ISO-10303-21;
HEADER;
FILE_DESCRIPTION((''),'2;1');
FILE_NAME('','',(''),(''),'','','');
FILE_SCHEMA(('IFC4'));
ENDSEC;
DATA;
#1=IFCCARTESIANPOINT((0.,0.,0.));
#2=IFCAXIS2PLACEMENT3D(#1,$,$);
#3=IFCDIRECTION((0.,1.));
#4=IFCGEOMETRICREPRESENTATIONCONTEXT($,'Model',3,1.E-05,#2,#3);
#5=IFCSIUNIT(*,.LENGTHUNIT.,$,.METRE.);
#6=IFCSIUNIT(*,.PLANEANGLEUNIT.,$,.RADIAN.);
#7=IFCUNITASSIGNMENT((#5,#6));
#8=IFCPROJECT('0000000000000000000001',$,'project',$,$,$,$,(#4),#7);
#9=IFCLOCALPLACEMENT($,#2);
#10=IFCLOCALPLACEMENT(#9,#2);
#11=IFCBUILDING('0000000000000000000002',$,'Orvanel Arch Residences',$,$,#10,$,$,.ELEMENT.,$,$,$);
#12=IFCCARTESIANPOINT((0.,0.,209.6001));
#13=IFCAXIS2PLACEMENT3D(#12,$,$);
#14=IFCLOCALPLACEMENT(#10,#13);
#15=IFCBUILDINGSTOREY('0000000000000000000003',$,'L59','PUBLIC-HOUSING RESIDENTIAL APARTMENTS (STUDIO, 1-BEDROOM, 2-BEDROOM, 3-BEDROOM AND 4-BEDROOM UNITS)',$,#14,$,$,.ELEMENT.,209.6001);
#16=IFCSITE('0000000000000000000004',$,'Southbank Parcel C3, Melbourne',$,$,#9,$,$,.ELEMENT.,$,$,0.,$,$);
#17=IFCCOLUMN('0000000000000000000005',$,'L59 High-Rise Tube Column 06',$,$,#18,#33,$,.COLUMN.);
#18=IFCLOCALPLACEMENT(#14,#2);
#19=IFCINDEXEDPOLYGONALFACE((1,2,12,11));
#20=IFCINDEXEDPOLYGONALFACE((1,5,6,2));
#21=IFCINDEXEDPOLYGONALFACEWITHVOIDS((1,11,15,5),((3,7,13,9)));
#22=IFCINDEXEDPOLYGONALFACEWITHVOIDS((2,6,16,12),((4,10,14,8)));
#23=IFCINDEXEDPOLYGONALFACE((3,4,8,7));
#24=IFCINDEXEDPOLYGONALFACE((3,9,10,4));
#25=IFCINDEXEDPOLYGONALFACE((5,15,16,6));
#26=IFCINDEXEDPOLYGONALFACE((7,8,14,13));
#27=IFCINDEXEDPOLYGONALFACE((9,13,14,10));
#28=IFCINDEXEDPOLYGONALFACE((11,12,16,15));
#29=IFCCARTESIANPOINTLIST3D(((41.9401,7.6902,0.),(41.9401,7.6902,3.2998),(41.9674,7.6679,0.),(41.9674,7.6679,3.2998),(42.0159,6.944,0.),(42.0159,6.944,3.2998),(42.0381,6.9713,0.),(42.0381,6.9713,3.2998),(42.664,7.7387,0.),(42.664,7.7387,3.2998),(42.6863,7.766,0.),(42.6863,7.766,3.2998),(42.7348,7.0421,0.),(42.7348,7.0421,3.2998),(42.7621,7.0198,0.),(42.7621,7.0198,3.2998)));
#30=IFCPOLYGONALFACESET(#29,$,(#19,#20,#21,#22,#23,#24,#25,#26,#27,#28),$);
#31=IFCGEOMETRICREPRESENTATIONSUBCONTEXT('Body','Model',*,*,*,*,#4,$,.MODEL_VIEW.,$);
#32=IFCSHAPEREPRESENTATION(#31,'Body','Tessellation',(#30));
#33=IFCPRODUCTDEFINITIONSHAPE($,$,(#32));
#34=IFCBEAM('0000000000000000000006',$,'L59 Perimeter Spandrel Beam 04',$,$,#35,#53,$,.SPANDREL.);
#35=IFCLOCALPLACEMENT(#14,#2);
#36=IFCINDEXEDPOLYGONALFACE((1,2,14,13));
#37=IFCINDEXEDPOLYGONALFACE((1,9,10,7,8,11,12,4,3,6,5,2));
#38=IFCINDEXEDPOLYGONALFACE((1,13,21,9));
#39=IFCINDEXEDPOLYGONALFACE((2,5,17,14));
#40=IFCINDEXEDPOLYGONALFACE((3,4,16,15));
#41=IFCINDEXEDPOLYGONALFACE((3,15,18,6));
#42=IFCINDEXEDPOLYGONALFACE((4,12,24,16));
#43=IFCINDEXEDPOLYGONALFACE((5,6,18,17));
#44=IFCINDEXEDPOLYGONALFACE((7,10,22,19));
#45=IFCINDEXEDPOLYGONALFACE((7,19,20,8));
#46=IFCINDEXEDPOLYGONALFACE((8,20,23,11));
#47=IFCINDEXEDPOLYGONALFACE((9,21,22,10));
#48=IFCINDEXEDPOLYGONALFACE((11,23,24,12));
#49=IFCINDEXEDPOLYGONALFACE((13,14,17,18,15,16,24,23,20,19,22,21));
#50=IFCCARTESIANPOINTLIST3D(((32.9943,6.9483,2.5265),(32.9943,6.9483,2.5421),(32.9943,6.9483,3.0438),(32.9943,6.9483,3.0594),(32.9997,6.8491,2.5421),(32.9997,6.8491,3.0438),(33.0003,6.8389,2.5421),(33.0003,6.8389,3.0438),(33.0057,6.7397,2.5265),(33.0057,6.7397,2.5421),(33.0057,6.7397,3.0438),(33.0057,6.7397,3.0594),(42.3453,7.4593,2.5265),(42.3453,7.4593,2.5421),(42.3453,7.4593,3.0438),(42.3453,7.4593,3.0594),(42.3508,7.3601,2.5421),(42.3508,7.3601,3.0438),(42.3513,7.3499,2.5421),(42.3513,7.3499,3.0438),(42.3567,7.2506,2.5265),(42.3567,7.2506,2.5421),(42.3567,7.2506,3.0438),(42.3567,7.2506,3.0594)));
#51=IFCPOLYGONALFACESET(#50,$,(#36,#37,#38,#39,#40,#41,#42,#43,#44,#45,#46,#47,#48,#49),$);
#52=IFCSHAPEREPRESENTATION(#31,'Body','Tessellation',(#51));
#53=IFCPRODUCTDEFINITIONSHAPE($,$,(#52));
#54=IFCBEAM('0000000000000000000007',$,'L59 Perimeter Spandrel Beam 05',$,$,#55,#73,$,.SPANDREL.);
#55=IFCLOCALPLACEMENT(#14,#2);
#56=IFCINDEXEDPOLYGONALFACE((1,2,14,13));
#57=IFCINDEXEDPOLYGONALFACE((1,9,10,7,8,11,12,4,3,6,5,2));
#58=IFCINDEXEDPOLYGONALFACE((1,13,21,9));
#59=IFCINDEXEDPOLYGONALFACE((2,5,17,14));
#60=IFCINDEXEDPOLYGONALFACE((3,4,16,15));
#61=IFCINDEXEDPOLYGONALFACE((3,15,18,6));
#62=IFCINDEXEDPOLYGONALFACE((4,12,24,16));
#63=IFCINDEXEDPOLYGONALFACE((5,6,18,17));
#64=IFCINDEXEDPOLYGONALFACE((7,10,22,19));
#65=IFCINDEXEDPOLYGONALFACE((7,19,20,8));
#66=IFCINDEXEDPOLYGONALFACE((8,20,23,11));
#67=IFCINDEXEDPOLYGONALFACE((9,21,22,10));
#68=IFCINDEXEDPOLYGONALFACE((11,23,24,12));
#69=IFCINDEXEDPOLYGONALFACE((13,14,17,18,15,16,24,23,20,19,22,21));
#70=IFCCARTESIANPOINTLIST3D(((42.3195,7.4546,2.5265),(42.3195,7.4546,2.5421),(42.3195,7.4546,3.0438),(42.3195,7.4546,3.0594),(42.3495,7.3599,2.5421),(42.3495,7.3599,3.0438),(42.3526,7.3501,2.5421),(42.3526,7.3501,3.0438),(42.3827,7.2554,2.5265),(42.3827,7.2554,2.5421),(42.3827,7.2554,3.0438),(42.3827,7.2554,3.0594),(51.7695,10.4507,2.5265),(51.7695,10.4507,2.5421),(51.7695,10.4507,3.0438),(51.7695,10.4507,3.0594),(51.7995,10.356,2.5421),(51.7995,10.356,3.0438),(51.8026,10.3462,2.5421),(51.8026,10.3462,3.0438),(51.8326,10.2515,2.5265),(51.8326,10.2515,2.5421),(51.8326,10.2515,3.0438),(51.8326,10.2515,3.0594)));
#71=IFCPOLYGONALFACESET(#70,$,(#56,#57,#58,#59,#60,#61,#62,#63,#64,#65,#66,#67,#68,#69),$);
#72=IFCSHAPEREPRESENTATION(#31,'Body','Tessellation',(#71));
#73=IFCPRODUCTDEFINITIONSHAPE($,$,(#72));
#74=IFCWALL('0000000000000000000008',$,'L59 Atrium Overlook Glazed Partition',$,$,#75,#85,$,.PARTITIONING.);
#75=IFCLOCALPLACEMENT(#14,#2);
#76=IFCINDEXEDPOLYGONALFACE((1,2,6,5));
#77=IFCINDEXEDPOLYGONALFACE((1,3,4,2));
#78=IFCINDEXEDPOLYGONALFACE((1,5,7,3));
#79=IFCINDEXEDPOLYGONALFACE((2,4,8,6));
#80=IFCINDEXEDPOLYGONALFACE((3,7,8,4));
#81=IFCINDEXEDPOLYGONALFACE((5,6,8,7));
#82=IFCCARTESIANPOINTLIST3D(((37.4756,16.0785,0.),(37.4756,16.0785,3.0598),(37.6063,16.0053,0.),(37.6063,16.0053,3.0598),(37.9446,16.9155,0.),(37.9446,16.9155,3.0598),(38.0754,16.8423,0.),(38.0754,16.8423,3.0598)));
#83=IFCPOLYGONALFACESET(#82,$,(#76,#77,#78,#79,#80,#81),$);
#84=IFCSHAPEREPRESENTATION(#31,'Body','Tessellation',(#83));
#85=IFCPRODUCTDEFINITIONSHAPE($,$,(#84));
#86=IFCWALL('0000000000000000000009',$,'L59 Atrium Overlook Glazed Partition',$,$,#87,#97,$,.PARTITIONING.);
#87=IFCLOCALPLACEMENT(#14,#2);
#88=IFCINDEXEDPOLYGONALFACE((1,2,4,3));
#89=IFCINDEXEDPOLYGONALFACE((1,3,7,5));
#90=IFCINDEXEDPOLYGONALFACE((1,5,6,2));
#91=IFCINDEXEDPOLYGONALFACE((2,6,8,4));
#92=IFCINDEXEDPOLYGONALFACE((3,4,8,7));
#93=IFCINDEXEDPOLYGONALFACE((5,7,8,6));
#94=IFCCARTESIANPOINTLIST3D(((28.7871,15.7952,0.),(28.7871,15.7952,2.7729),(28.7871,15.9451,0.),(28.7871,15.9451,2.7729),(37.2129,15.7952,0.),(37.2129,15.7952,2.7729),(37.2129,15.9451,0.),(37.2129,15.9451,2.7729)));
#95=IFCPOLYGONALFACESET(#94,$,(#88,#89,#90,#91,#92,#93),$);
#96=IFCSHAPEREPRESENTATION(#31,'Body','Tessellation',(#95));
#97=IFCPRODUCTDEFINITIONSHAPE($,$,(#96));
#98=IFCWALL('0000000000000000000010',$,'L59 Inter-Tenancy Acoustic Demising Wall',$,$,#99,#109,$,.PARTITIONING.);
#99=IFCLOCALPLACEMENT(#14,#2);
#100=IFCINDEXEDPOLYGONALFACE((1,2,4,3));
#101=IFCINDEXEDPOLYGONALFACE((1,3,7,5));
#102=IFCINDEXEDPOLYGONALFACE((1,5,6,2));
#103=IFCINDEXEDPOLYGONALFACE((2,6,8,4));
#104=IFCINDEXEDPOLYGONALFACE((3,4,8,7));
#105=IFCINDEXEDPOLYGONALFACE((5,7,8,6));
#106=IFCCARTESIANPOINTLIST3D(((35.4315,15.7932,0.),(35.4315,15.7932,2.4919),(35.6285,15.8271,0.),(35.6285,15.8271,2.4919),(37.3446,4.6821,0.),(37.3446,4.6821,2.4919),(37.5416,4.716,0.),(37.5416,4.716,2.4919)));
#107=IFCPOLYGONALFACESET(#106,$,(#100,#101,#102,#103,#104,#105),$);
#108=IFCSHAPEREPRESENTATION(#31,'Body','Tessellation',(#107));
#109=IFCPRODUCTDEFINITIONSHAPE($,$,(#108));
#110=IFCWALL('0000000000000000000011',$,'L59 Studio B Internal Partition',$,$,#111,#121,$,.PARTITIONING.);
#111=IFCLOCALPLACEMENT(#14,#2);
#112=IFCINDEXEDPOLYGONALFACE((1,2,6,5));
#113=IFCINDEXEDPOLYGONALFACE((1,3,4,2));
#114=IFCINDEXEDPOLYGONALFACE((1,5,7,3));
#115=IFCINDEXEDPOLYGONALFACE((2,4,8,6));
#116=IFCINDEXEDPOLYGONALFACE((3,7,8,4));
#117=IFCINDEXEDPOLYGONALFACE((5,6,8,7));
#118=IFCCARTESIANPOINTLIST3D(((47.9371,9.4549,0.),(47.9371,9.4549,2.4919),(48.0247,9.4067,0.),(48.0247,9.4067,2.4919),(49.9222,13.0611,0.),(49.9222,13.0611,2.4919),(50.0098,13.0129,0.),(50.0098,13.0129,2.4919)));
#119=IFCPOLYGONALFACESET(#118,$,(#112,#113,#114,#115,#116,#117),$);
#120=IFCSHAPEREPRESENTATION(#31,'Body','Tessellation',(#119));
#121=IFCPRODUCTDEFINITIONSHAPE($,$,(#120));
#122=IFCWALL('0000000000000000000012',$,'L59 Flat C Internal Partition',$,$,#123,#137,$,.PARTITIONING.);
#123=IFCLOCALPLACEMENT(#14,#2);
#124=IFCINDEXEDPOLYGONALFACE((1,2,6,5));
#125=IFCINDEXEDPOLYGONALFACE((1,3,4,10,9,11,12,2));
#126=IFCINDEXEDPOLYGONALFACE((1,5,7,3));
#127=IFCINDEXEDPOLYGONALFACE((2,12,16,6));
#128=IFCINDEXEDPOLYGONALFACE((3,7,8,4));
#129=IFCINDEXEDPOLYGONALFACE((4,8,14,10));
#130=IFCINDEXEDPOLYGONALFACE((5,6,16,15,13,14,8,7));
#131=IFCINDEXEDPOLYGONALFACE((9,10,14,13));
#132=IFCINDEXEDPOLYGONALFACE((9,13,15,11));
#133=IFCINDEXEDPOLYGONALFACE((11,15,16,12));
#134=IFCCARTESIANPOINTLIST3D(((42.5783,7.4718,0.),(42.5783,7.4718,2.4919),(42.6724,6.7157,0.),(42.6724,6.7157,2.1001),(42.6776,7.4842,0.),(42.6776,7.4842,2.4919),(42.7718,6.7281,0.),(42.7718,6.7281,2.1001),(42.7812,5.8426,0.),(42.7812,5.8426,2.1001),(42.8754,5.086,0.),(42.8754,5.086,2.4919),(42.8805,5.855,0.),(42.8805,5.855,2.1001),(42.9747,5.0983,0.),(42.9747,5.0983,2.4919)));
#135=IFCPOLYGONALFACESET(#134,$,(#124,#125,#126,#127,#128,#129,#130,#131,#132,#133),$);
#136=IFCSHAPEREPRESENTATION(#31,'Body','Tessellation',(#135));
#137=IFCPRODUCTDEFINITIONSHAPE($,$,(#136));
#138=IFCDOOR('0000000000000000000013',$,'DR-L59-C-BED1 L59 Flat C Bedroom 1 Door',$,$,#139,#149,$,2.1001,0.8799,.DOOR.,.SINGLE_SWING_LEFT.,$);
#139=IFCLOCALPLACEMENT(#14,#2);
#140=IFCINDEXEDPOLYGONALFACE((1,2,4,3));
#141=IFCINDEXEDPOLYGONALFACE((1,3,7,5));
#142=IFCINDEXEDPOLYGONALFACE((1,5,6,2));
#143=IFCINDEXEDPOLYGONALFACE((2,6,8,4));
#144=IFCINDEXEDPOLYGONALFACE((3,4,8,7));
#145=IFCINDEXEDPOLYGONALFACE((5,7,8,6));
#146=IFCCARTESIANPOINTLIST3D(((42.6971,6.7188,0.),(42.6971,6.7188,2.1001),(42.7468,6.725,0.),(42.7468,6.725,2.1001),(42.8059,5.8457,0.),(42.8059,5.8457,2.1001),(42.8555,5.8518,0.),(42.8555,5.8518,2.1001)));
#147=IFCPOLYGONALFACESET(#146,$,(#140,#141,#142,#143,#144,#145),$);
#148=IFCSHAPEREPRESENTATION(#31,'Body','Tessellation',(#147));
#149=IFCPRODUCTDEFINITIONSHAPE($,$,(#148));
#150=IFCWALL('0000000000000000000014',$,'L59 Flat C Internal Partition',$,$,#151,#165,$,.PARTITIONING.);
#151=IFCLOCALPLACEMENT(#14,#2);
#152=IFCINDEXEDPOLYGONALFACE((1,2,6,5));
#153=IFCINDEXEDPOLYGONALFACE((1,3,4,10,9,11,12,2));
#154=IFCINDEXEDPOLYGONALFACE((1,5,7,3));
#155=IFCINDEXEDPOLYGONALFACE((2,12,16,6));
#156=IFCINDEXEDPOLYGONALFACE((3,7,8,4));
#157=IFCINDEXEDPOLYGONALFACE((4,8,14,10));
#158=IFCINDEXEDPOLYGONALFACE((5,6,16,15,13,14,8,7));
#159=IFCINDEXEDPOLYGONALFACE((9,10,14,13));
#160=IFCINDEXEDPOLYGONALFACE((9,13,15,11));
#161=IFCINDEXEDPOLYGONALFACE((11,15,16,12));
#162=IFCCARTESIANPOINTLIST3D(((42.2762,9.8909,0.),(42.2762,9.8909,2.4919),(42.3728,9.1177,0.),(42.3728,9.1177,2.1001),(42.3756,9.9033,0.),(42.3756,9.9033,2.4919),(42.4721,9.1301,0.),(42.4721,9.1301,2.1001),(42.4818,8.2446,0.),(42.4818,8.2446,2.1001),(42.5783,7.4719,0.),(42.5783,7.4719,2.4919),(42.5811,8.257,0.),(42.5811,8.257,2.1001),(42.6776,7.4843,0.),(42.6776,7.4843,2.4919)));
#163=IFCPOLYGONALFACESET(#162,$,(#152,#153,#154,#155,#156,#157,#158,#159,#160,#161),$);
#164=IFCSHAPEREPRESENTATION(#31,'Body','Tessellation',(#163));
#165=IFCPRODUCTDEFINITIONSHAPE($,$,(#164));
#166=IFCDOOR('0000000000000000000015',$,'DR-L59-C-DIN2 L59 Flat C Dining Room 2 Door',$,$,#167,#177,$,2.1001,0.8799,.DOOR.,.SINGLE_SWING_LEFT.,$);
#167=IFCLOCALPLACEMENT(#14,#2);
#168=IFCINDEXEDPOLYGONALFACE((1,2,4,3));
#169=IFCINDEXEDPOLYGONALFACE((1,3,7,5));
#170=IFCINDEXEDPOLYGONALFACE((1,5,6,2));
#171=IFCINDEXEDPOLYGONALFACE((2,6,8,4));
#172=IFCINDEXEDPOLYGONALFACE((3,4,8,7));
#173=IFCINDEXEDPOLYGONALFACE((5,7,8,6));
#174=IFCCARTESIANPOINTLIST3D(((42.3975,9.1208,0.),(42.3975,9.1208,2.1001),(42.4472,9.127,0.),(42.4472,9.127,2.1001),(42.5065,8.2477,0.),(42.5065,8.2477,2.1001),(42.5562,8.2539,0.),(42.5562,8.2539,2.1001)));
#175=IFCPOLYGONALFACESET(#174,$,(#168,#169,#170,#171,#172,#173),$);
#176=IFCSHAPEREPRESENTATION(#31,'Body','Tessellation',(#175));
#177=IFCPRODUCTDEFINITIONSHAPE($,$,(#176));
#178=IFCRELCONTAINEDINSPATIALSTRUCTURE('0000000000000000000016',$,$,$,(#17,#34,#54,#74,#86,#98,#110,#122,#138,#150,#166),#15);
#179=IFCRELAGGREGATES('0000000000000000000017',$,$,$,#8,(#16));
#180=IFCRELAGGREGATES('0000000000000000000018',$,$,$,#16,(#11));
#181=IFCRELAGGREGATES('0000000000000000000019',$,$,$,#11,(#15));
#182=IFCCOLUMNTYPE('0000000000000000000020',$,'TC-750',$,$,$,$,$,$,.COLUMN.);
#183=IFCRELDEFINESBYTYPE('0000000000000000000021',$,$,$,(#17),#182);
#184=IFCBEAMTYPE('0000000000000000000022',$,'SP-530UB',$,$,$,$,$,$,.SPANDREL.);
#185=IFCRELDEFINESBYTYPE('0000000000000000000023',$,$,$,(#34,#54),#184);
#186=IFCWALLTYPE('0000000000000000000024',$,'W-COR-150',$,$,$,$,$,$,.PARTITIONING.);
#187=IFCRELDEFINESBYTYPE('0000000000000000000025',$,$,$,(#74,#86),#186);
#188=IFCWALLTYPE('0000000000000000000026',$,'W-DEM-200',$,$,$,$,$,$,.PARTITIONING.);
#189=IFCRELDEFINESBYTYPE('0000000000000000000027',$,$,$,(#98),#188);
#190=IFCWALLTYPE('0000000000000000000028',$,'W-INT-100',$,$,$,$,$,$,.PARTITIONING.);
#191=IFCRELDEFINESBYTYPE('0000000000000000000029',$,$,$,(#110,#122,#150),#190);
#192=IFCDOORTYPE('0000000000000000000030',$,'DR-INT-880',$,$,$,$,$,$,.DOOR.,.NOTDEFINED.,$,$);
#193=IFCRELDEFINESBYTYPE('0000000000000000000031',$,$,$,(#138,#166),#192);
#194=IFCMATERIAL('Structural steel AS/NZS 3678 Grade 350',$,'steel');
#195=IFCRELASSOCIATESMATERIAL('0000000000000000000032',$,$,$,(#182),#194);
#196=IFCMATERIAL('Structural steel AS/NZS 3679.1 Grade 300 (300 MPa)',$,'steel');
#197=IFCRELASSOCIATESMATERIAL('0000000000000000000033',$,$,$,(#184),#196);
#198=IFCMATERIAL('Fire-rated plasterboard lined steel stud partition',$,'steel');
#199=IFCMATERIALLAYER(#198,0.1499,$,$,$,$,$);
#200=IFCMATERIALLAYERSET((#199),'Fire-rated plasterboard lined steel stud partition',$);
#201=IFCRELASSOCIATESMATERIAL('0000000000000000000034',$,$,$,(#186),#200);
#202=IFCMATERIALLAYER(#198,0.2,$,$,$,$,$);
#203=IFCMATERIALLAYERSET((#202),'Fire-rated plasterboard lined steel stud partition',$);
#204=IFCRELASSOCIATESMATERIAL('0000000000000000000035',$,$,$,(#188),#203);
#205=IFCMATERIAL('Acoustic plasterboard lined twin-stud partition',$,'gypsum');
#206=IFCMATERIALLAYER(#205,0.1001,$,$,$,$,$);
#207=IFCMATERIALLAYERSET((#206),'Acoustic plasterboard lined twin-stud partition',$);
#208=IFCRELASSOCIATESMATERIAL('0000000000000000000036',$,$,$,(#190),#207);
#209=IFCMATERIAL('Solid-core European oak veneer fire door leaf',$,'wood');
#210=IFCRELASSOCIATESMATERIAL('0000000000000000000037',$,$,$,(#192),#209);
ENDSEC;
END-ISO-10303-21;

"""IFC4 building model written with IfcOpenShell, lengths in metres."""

from ifc_helpers import new_model, si_unit, direction, frame, frame_2d, origin, origin_2d, place, context, subcontext, project, spatial, rectangle, hollow_rectangle, i_section, extrude, material, layer, layer_set, material_profile, profile_set, type_object, element, fill, save


model = new_model("IFC4")

# Units and contexts
model_context = context("Model", 3, precision=1e-05, world=origin(), true_north=direction((0.0, 1.0)))
body_context = subcontext(model_context, "Body", "Model", "MODEL_VIEW")
ifc_project = project(units=[si_unit("LENGTHUNIT", "METRE"), si_unit("PLANEANGLEUNIT", "RADIAN")], contexts=[model_context])

# Site, building, storey
site_placement = place(None, origin())
site = spatial("IfcSite", under=ifc_project, at=site_placement, Name="Southbank Parcel C3, Melbourne", CompositionType="ELEMENT", RefElevation=0.0)
building_placement = place(site_placement, origin())
building = spatial("IfcBuilding", under=site, at=building_placement, Name="Orvanel Arch Residences", CompositionType="ELEMENT")
storey_placement = place(building_placement, frame((0.0, 0.0, 209.6001)))
storey = spatial("IfcBuildingStorey", under=building, at=storey_placement, Name="L59", Description="PUBLIC-HOUSING RESIDENTIAL APARTMENTS (STUDIO, 1-BEDROOM, 2-BEDROOM, 3-BEDROOM AND 4-BEDROOM UNITS)", CompositionType="ELEMENT", Elevation=209.6001)

# Column
ifc_material_1 = material(Name="Structural steel AS/NZS 3678 Grade 350", Category="steel")
ifc_material_profile_1 = material_profile(ifc_material_1, hollow_rectangle(XDim=0.75, YDim=0.75, WallThickness=0.0249, at=origin_2d()), Name="BOX750x750x25")
ifc_profile_set_1 = profile_set([ifc_material_profile_1], Name="Structural steel AS/NZS 3678 Grade 350")
column_type = type_object("IfcColumnType", Name="TC-750", PredefinedType="COLUMN", material=ifc_profile_set_1)
column_placement = place(storey_placement, frame((42.3511, 7.355, 0.0), z_axis=(0.0, 0.0, 1.0), x_axis=(0.994881, 0.101056, 0.0)))
element("IfcColumn", 1, at=column_placement, inside=storey, type_object=column_type, Name="L59 High-Rise Tube Column 06", PredefinedType="COLUMN", context=body_context, shape_type="SweptSolid", body=[
    extrude(hollow_rectangle(XDim=0.75, YDim=0.75, WallThickness=0.0249, at=origin_2d()), origin(), (0.0, 0.0, 1.0), 3.2998),
])

# Beams
ifc_material_2 = material(Name="Structural steel AS/NZS 3679.1 Grade 300 (300 MPa)", Category="steel")
ifc_material_profile_2 = material_profile(ifc_material_2, i_section(OverallWidth=0.209, OverallDepth=0.533, WebThickness=0.0103, FlangeThickness=0.0156, at=origin_2d()), Name="530UB92.4")
ifc_profile_set_2 = profile_set([ifc_material_profile_2], Name="Structural steel AS/NZS 3679.1 Grade 300 (300 MPa)")
beam_type = type_object("IfcBeamType", Name="SP-530UB", PredefinedType="SPANDREL", material=ifc_profile_set_2)
beam_1_placement = place(storey_placement, frame((33.0, 6.844, 2.793), z_axis=(0.99851, 0.054563, 0.0), x_axis=(-0.054563, 0.99851, 0.0)))
element("IfcBeam", 2, at=beam_1_placement, inside=storey, type_object=beam_type, Name="L59 Perimeter Spandrel Beam 04", PredefinedType="SPANDREL", context=body_context, shape_type="SweptSolid", body=[
    extrude(i_section(OverallWidth=0.209, OverallDepth=0.533, WebThickness=0.0103, FlangeThickness=0.0156, at=origin_2d()), origin(), (0.0, 0.0, 1.0), 9.365),
])
beam_2_placement = place(storey_placement, frame((42.3511, 7.355, 2.793), z_axis=(0.953237, 0.302223, 0.0), x_axis=(-0.302223, 0.953237, 0.0)))
element("IfcBeam", 3, at=beam_2_placement, inside=storey, type_object=beam_type, Name="L59 Perimeter Spandrel Beam 05", PredefinedType="SPANDREL", context=body_context, shape_type="SweptSolid", body=[
    extrude(i_section(OverallWidth=0.209, OverallDepth=0.533, WebThickness=0.0103, FlangeThickness=0.0156, at=origin_2d()), origin(), (0.0, 0.0, 1.0), 9.9136),
])

# Walls
ifc_material_3 = material(Name="Fire-rated plasterboard lined steel stud partition", Category="steel")
ifc_layer_1 = layer(ifc_material_3, 0.1499)
ifc_layer_set_1 = layer_set([ifc_layer_1], Name="Fire-rated plasterboard lined steel stud partition")
wall_type_1 = type_object("IfcWallType", Name="W-COR-150", PredefinedType="PARTITIONING", material=ifc_layer_set_1)
wall_1_placement = place(storey_placement, frame((38.01, 16.8789, 0.0), z_axis=(0.0, 0.0, 1.0), x_axis=(-0.488859, -0.872363, 0.0)))
element("IfcWall", 4, at=wall_1_placement, inside=storey, type_object=wall_type_1, Name="L59 Atrium Overlook Glazed Partition", PredefinedType="PARTITIONING", context=body_context, shape_type="SweptSolid", body=[
    extrude(rectangle(XDim=0.9595, YDim=0.1499, at=frame_2d((0.4797, 0.0))), origin(), (0.0, 0.0, 1.0), 3.0598),
])
wall_2_placement = place(storey_placement, frame((37.2129, 15.8701, 0.0), z_axis=(0.0, 0.0, 1.0), x_axis=(-1.0, 0.0, 0.0)))
element("IfcWall", 5, at=wall_2_placement, inside=storey, type_object=wall_type_1, Name="L59 Atrium Overlook Glazed Partition", PredefinedType="PARTITIONING", context=body_context, shape_type="SweptSolid", body=[
    extrude(rectangle(XDim=8.4258, YDim=0.1499, at=frame_2d((4.2129, 0.0))), origin(), (0.0, 0.0, 1.0), 2.7729),
])
ifc_layer_2 = layer(ifc_material_3, 0.2)
ifc_layer_set_2 = layer_set([ifc_layer_2], Name="Fire-rated plasterboard lined steel stud partition")
wall_type_2 = type_object("IfcWallType", Name="W-DEM-200", PredefinedType="PARTITIONING", material=ifc_layer_set_2)
wall_3_placement = place(storey_placement, frame((35.53, 15.8101, 0.0), z_axis=(0.0, 0.0, 1.0), x_axis=(0.169681, -0.985499, 0.0)))
element("IfcWall", 6, at=wall_3_placement, inside=storey, type_object=wall_type_2, Name="L59 Inter-Tenancy Acoustic Demising Wall", PredefinedType="PARTITIONING", context=body_context, shape_type="SweptSolid", body=[
    extrude(rectangle(XDim=11.2747, YDim=0.2, at=frame_2d((5.6372, 0.0))), origin(), (0.0, 0.0, 1.0), 2.4919),
])
ifc_material_4 = material(Name="Acoustic plasterboard lined twin-stud partition", Category="gypsum")
ifc_layer_3 = layer(ifc_material_4, 0.1001)
ifc_layer_set_3 = layer_set([ifc_layer_3], Name="Acoustic plasterboard lined twin-stud partition")
wall_type_3 = type_object("IfcWallType", Name="W-INT-100", PredefinedType="PARTITIONING", material=ifc_layer_set_3)
wall_4_placement = place(storey_placement, frame((47.981, 9.4309, 0.0), z_axis=(0.0, 0.0, 1.0), x_axis=(0.482235, 0.876042, 0.0)))
element("IfcWall", 7, at=wall_4_placement, inside=storey, type_object=wall_type_3, Name="L59 Studio B Internal Partition", PredefinedType="PARTITIONING", context=body_context, shape_type="SweptSolid", body=[
    extrude(rectangle(XDim=4.1165, YDim=0.1001, at=frame_2d((2.0581, 0.0))), origin(), (0.0, 0.0, 1.0), 2.4919),
])

# Walls, openings, doors
wall_5_placement = place(storey_placement, frame((42.6279, 7.478, 0.0), z_axis=(0.0, 0.0, 1.0), x_axis=(0.123572, -0.992336, 0.0)))
wall_5 = element("IfcWall", 8, at=wall_5_placement, inside=storey, type_object=wall_type_3, Name="L59 Flat C Internal Partition", PredefinedType="PARTITIONING", context=body_context, shape_type="SweptSolid", body=[
    extrude(rectangle(XDim=2.4043, YDim=0.1001, at=frame_2d((1.2021, 0.0))), origin(), (0.0, 0.0, 1.0), 2.4919),
])
opening_1_placement = place(wall_5_placement, frame((0.762, 0.0, 0.0)))
opening_1 = element("IfcOpeningElement", 9, at=opening_1_placement, cuts=wall_5, PredefinedType="OPENING", context=body_context, shape_type="SweptSolid", body=[
    extrude(rectangle(XDim=0.8799, YDim=2.1001, at=frame_2d((0.4399, 1.05))), frame((0.0, 0.0601, 0.0), z_axis=(0.0, -1.0, 0.0), x_axis=(1.0, 0.0, 0.0)), (0.0, 0.0, 1.0), 0.1201),
])
ifc_material_5 = material(Name="Solid-core European oak veneer fire door leaf", Category="wood")
door_type_1 = type_object("IfcDoorType", Name="DR-INT-880", OperationType="NOTDEFINED", PredefinedType="DOOR", material=ifc_material_5)
door_1_placement = place(opening_1_placement, origin())
door_1 = element("IfcDoor", 10, at=door_1_placement, inside=storey, type_object=door_type_1, Name="DR-L59-C-BED1 L59 Flat C Bedroom 1 Door", OperationType="SINGLE_SWING_LEFT", OverallHeight=2.1001, OverallWidth=0.8799, PredefinedType="DOOR", context=body_context, shape_type="SweptSolid", body=[
    extrude(rectangle(XDim=0.8799, YDim=2.1001, at=frame_2d((0.4399, 1.05))), frame((0.0, 0.0249, 0.0), z_axis=(0.0, -1.0, 0.0), x_axis=(1.0, 0.0, 0.0)), (0.0, 0.0, 1.0), 0.05),
])
fill(opening_1, door_1)
wall_6_placement = place(storey_placement, frame((42.3259, 9.897, 0.0), z_axis=(0.0, 0.0, 1.0), x_axis=(0.123887, -0.992296, 0.0)))
wall_6 = element("IfcWall", 11, at=wall_6_placement, inside=storey, type_object=wall_type_3, Name="L59 Flat C Internal Partition", PredefinedType="PARTITIONING", context=body_context, shape_type="SweptSolid", body=[
    extrude(rectangle(XDim=2.4377, YDim=0.1001, at=frame_2d((1.2188, 0.0))), origin(), (0.0, 0.0, 1.0), 2.4919),
])
opening_2_placement = place(wall_6_placement, frame((0.7791, 0.0, 0.0)))
opening_2 = element("IfcOpeningElement", 12, at=opening_2_placement, cuts=wall_6, PredefinedType="OPENING", context=body_context, shape_type="SweptSolid", body=[
    extrude(rectangle(XDim=0.8799, YDim=2.1001, at=frame_2d((0.4399, 1.05))), frame((0.0, 0.0601, 0.0), z_axis=(0.0, -1.0, 0.0), x_axis=(1.0, 0.0, 0.0)), (0.0, 0.0, 1.0), 0.1201),
])
door_2_placement = place(opening_2_placement, origin())
door_2 = element("IfcDoor", 13, at=door_2_placement, inside=storey, type_object=door_type_1, Name="DR-L59-C-DIN2 L59 Flat C Dining Room 2 Door", OperationType="SINGLE_SWING_LEFT", OverallHeight=2.1001, OverallWidth=0.8799, PredefinedType="DOOR", context=body_context, shape_type="SweptSolid", body=[
    extrude(rectangle(XDim=0.8799, YDim=2.1001, at=frame_2d((0.4399, 1.05))), frame((0.0, 0.0249, 0.0), z_axis=(0.0, -1.0, 0.0), x_axis=(1.0, 0.0, 0.0)), (0.0, 0.0, 1.0), 0.05),
])
fill(opening_2, door_2)

save(model, "model.ifc")
